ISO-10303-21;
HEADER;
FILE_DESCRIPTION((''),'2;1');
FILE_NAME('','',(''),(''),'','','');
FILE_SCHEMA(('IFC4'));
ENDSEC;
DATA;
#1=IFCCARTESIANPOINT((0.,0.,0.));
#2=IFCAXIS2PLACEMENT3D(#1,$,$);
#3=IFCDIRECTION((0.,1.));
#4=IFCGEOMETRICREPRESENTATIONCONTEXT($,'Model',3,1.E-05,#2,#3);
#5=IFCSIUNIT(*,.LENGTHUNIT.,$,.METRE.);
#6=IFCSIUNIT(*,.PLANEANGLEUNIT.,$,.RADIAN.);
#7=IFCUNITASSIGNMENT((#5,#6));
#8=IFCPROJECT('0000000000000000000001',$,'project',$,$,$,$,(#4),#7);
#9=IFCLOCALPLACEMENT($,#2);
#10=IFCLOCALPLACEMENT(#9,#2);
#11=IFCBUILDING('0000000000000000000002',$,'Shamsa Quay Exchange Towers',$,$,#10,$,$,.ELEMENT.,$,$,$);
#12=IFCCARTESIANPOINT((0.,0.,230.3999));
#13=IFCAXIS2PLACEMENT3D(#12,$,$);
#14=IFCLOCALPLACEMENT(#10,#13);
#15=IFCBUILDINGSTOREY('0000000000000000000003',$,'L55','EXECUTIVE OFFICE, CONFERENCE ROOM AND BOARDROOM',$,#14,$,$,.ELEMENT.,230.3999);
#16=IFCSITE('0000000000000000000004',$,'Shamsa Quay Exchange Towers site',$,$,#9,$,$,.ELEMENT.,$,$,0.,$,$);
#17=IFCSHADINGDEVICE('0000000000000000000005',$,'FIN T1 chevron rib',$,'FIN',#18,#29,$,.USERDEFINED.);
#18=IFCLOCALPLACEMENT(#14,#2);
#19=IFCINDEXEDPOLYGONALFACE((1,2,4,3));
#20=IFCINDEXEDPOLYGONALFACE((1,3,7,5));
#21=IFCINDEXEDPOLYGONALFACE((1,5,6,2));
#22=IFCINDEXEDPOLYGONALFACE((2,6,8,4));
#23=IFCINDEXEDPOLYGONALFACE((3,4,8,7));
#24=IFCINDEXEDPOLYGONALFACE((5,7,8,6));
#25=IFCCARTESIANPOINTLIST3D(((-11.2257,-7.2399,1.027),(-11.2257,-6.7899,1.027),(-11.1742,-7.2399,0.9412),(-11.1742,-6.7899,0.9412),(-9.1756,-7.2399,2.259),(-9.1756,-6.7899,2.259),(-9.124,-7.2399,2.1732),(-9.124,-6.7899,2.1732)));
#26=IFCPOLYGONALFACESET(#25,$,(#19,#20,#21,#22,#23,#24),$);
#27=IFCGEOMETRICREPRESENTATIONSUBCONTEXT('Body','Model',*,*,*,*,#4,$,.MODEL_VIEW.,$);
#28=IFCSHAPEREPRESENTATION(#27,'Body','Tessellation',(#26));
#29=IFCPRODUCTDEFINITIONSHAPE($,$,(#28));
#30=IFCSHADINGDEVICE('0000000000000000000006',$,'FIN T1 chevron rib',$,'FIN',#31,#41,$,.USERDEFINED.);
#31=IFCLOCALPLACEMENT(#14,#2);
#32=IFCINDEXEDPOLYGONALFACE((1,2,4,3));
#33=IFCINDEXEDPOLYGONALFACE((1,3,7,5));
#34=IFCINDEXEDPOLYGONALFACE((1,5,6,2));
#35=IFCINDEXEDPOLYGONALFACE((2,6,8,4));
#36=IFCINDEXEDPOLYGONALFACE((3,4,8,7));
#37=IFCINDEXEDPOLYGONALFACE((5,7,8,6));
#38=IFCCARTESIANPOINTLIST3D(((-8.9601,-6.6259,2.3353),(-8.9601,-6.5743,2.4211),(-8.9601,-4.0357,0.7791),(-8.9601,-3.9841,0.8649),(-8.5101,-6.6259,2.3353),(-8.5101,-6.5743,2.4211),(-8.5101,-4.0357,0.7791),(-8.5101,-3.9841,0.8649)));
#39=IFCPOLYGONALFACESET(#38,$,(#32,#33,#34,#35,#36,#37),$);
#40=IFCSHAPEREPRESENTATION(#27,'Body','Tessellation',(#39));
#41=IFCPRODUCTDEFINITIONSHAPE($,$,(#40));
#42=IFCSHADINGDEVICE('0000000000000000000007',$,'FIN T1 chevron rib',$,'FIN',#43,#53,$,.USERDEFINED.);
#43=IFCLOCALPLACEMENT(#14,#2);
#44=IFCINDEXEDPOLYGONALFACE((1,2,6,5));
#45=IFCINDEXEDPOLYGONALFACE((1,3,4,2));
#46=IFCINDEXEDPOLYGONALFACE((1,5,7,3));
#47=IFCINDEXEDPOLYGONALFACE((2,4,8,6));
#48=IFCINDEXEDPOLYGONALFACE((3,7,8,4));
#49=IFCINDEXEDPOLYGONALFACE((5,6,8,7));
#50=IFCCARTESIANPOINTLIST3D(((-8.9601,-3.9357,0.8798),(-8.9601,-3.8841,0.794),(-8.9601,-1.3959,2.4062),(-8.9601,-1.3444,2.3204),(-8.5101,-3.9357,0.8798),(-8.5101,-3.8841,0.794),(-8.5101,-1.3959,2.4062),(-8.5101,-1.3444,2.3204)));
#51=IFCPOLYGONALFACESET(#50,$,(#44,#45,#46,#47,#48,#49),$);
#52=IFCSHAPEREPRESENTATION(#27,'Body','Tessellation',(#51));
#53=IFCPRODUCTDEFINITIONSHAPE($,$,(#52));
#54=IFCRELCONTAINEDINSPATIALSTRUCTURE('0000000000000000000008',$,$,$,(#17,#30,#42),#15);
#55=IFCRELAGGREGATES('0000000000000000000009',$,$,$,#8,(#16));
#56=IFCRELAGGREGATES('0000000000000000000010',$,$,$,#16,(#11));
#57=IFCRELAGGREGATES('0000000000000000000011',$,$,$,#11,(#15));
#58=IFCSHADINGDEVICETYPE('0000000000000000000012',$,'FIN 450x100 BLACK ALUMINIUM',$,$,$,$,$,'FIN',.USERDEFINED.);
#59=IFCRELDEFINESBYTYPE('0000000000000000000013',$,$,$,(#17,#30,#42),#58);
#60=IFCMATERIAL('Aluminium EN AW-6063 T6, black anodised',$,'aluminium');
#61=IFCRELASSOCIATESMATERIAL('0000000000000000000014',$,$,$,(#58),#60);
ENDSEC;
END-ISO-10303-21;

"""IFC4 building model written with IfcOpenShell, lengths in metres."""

from ifc_helpers import new_model, si_unit, direction, frame, origin, origin_2d, place, context, subcontext, project, spatial, rectangle, extrude, material, material_profile, profile_set, type_object, element, save


model = new_model("IFC4")

# Units and contexts
model_context = context("Model", 3, precision=1e-05, world=origin(), true_north=direction((0.0, 1.0)))
body_context = subcontext(model_context, "Body", "Model", "MODEL_VIEW")
ifc_project = project(units=[si_unit("LENGTHUNIT", "METRE"), si_unit("PLANEANGLEUNIT", "RADIAN")], contexts=[model_context])

# Site, building, storey
site_placement = place(None, origin())
site = spatial("IfcSite", under=ifc_project, at=site_placement, Name="Shamsa Quay Exchange Towers site", CompositionType="ELEMENT", RefElevation=0.0)
building_placement = place(site_placement, origin())
building = spatial("IfcBuilding", under=site, at=building_placement, Name="Shamsa Quay Exchange Towers", CompositionType="ELEMENT")
storey_placement = place(building_placement, frame((0.0, 0.0, 230.3999)))
storey = spatial("IfcBuildingStorey", under=building, at=storey_placement, Name="L55", Description="EXECUTIVE OFFICE, CONFERENCE ROOM AND BOARDROOM", CompositionType="ELEMENT", Elevation=230.3999)

# Shared definitions
ifc_material_1 = material(Name="Aluminium EN AW-6063 T6, black anodised", Category="aluminium")

# Shading devices
ifc_material_profile_1 = material_profile(ifc_material_1, rectangle(XDim=0.45, YDim=0.1001, at=origin_2d()), Name="FIN450x100")
ifc_profile_set_1 = profile_set([ifc_material_profile_1], Name="Aluminium EN AW-6063 T6, black anodised")
shading_device_type = type_object("IfcShadingDeviceType", Name="FIN 450x100 BLACK ALUMINIUM", ElementType="FIN", PredefinedType="USERDEFINED", material=ifc_profile_set_1)
for number, where, z_axis, x_axis, name in (
    (1, (-11.2, -7.0149, 0.9841), (0.857141, 0.0, 0.515081), (0.0, 1.0, 0.0), "FIN T1 chevron rib"),
):
    element("IfcShadingDevice", number, at=place(storey_placement, frame(where, z_axis=z_axis, x_axis=x_axis)), inside=storey, type_object=shading_device_type, Name=name, ObjectType="FIN", PredefinedType="USERDEFINED", context=body_context, shape_type="SweptSolid", body=[
        extrude(rectangle(XDim=0.45, YDim=0.1001, at=origin_2d()), origin(), (0.0, 0.0, 1.0), 2.3918),
    ])
shading_device_1_placement = place(storey_placement, frame((-8.7351, -6.6001, 2.3782), z_axis=(0.0, 0.857186, -0.515007), x_axis=(-1.0, 0.0, 0.0)))
element("IfcShadingDevice", 2, at=shading_device_1_placement, inside=storey, type_object=shading_device_type, Name="FIN T1 chevron rib", ObjectType="FIN", PredefinedType="USERDEFINED", context=body_context, shape_type="SweptSolid", body=[
    extrude(rectangle(XDim=0.45, YDim=0.1001, at=origin_2d()), origin(), (0.0, 0.0, 1.0), 3.0217),
])
shading_device_2_placement = place(storey_placement, frame((-8.7351, -3.9099, 0.8369), z_axis=(0.0, 0.857122, 0.515114), x_axis=(-1.0, 0.0, 0.0)))
element("IfcShadingDevice", 3, at=shading_device_2_placement, inside=storey, type_object=shading_device_type, Name="FIN T1 chevron rib", ObjectType="FIN", PredefinedType="USERDEFINED", context=body_context, shape_type="SweptSolid", body=[
    extrude(rectangle(XDim=0.45, YDim=0.1001, at=origin_2d()), origin(), (0.0, 0.0, 1.0), 2.9631),
])

save(model, "model.ifc")
